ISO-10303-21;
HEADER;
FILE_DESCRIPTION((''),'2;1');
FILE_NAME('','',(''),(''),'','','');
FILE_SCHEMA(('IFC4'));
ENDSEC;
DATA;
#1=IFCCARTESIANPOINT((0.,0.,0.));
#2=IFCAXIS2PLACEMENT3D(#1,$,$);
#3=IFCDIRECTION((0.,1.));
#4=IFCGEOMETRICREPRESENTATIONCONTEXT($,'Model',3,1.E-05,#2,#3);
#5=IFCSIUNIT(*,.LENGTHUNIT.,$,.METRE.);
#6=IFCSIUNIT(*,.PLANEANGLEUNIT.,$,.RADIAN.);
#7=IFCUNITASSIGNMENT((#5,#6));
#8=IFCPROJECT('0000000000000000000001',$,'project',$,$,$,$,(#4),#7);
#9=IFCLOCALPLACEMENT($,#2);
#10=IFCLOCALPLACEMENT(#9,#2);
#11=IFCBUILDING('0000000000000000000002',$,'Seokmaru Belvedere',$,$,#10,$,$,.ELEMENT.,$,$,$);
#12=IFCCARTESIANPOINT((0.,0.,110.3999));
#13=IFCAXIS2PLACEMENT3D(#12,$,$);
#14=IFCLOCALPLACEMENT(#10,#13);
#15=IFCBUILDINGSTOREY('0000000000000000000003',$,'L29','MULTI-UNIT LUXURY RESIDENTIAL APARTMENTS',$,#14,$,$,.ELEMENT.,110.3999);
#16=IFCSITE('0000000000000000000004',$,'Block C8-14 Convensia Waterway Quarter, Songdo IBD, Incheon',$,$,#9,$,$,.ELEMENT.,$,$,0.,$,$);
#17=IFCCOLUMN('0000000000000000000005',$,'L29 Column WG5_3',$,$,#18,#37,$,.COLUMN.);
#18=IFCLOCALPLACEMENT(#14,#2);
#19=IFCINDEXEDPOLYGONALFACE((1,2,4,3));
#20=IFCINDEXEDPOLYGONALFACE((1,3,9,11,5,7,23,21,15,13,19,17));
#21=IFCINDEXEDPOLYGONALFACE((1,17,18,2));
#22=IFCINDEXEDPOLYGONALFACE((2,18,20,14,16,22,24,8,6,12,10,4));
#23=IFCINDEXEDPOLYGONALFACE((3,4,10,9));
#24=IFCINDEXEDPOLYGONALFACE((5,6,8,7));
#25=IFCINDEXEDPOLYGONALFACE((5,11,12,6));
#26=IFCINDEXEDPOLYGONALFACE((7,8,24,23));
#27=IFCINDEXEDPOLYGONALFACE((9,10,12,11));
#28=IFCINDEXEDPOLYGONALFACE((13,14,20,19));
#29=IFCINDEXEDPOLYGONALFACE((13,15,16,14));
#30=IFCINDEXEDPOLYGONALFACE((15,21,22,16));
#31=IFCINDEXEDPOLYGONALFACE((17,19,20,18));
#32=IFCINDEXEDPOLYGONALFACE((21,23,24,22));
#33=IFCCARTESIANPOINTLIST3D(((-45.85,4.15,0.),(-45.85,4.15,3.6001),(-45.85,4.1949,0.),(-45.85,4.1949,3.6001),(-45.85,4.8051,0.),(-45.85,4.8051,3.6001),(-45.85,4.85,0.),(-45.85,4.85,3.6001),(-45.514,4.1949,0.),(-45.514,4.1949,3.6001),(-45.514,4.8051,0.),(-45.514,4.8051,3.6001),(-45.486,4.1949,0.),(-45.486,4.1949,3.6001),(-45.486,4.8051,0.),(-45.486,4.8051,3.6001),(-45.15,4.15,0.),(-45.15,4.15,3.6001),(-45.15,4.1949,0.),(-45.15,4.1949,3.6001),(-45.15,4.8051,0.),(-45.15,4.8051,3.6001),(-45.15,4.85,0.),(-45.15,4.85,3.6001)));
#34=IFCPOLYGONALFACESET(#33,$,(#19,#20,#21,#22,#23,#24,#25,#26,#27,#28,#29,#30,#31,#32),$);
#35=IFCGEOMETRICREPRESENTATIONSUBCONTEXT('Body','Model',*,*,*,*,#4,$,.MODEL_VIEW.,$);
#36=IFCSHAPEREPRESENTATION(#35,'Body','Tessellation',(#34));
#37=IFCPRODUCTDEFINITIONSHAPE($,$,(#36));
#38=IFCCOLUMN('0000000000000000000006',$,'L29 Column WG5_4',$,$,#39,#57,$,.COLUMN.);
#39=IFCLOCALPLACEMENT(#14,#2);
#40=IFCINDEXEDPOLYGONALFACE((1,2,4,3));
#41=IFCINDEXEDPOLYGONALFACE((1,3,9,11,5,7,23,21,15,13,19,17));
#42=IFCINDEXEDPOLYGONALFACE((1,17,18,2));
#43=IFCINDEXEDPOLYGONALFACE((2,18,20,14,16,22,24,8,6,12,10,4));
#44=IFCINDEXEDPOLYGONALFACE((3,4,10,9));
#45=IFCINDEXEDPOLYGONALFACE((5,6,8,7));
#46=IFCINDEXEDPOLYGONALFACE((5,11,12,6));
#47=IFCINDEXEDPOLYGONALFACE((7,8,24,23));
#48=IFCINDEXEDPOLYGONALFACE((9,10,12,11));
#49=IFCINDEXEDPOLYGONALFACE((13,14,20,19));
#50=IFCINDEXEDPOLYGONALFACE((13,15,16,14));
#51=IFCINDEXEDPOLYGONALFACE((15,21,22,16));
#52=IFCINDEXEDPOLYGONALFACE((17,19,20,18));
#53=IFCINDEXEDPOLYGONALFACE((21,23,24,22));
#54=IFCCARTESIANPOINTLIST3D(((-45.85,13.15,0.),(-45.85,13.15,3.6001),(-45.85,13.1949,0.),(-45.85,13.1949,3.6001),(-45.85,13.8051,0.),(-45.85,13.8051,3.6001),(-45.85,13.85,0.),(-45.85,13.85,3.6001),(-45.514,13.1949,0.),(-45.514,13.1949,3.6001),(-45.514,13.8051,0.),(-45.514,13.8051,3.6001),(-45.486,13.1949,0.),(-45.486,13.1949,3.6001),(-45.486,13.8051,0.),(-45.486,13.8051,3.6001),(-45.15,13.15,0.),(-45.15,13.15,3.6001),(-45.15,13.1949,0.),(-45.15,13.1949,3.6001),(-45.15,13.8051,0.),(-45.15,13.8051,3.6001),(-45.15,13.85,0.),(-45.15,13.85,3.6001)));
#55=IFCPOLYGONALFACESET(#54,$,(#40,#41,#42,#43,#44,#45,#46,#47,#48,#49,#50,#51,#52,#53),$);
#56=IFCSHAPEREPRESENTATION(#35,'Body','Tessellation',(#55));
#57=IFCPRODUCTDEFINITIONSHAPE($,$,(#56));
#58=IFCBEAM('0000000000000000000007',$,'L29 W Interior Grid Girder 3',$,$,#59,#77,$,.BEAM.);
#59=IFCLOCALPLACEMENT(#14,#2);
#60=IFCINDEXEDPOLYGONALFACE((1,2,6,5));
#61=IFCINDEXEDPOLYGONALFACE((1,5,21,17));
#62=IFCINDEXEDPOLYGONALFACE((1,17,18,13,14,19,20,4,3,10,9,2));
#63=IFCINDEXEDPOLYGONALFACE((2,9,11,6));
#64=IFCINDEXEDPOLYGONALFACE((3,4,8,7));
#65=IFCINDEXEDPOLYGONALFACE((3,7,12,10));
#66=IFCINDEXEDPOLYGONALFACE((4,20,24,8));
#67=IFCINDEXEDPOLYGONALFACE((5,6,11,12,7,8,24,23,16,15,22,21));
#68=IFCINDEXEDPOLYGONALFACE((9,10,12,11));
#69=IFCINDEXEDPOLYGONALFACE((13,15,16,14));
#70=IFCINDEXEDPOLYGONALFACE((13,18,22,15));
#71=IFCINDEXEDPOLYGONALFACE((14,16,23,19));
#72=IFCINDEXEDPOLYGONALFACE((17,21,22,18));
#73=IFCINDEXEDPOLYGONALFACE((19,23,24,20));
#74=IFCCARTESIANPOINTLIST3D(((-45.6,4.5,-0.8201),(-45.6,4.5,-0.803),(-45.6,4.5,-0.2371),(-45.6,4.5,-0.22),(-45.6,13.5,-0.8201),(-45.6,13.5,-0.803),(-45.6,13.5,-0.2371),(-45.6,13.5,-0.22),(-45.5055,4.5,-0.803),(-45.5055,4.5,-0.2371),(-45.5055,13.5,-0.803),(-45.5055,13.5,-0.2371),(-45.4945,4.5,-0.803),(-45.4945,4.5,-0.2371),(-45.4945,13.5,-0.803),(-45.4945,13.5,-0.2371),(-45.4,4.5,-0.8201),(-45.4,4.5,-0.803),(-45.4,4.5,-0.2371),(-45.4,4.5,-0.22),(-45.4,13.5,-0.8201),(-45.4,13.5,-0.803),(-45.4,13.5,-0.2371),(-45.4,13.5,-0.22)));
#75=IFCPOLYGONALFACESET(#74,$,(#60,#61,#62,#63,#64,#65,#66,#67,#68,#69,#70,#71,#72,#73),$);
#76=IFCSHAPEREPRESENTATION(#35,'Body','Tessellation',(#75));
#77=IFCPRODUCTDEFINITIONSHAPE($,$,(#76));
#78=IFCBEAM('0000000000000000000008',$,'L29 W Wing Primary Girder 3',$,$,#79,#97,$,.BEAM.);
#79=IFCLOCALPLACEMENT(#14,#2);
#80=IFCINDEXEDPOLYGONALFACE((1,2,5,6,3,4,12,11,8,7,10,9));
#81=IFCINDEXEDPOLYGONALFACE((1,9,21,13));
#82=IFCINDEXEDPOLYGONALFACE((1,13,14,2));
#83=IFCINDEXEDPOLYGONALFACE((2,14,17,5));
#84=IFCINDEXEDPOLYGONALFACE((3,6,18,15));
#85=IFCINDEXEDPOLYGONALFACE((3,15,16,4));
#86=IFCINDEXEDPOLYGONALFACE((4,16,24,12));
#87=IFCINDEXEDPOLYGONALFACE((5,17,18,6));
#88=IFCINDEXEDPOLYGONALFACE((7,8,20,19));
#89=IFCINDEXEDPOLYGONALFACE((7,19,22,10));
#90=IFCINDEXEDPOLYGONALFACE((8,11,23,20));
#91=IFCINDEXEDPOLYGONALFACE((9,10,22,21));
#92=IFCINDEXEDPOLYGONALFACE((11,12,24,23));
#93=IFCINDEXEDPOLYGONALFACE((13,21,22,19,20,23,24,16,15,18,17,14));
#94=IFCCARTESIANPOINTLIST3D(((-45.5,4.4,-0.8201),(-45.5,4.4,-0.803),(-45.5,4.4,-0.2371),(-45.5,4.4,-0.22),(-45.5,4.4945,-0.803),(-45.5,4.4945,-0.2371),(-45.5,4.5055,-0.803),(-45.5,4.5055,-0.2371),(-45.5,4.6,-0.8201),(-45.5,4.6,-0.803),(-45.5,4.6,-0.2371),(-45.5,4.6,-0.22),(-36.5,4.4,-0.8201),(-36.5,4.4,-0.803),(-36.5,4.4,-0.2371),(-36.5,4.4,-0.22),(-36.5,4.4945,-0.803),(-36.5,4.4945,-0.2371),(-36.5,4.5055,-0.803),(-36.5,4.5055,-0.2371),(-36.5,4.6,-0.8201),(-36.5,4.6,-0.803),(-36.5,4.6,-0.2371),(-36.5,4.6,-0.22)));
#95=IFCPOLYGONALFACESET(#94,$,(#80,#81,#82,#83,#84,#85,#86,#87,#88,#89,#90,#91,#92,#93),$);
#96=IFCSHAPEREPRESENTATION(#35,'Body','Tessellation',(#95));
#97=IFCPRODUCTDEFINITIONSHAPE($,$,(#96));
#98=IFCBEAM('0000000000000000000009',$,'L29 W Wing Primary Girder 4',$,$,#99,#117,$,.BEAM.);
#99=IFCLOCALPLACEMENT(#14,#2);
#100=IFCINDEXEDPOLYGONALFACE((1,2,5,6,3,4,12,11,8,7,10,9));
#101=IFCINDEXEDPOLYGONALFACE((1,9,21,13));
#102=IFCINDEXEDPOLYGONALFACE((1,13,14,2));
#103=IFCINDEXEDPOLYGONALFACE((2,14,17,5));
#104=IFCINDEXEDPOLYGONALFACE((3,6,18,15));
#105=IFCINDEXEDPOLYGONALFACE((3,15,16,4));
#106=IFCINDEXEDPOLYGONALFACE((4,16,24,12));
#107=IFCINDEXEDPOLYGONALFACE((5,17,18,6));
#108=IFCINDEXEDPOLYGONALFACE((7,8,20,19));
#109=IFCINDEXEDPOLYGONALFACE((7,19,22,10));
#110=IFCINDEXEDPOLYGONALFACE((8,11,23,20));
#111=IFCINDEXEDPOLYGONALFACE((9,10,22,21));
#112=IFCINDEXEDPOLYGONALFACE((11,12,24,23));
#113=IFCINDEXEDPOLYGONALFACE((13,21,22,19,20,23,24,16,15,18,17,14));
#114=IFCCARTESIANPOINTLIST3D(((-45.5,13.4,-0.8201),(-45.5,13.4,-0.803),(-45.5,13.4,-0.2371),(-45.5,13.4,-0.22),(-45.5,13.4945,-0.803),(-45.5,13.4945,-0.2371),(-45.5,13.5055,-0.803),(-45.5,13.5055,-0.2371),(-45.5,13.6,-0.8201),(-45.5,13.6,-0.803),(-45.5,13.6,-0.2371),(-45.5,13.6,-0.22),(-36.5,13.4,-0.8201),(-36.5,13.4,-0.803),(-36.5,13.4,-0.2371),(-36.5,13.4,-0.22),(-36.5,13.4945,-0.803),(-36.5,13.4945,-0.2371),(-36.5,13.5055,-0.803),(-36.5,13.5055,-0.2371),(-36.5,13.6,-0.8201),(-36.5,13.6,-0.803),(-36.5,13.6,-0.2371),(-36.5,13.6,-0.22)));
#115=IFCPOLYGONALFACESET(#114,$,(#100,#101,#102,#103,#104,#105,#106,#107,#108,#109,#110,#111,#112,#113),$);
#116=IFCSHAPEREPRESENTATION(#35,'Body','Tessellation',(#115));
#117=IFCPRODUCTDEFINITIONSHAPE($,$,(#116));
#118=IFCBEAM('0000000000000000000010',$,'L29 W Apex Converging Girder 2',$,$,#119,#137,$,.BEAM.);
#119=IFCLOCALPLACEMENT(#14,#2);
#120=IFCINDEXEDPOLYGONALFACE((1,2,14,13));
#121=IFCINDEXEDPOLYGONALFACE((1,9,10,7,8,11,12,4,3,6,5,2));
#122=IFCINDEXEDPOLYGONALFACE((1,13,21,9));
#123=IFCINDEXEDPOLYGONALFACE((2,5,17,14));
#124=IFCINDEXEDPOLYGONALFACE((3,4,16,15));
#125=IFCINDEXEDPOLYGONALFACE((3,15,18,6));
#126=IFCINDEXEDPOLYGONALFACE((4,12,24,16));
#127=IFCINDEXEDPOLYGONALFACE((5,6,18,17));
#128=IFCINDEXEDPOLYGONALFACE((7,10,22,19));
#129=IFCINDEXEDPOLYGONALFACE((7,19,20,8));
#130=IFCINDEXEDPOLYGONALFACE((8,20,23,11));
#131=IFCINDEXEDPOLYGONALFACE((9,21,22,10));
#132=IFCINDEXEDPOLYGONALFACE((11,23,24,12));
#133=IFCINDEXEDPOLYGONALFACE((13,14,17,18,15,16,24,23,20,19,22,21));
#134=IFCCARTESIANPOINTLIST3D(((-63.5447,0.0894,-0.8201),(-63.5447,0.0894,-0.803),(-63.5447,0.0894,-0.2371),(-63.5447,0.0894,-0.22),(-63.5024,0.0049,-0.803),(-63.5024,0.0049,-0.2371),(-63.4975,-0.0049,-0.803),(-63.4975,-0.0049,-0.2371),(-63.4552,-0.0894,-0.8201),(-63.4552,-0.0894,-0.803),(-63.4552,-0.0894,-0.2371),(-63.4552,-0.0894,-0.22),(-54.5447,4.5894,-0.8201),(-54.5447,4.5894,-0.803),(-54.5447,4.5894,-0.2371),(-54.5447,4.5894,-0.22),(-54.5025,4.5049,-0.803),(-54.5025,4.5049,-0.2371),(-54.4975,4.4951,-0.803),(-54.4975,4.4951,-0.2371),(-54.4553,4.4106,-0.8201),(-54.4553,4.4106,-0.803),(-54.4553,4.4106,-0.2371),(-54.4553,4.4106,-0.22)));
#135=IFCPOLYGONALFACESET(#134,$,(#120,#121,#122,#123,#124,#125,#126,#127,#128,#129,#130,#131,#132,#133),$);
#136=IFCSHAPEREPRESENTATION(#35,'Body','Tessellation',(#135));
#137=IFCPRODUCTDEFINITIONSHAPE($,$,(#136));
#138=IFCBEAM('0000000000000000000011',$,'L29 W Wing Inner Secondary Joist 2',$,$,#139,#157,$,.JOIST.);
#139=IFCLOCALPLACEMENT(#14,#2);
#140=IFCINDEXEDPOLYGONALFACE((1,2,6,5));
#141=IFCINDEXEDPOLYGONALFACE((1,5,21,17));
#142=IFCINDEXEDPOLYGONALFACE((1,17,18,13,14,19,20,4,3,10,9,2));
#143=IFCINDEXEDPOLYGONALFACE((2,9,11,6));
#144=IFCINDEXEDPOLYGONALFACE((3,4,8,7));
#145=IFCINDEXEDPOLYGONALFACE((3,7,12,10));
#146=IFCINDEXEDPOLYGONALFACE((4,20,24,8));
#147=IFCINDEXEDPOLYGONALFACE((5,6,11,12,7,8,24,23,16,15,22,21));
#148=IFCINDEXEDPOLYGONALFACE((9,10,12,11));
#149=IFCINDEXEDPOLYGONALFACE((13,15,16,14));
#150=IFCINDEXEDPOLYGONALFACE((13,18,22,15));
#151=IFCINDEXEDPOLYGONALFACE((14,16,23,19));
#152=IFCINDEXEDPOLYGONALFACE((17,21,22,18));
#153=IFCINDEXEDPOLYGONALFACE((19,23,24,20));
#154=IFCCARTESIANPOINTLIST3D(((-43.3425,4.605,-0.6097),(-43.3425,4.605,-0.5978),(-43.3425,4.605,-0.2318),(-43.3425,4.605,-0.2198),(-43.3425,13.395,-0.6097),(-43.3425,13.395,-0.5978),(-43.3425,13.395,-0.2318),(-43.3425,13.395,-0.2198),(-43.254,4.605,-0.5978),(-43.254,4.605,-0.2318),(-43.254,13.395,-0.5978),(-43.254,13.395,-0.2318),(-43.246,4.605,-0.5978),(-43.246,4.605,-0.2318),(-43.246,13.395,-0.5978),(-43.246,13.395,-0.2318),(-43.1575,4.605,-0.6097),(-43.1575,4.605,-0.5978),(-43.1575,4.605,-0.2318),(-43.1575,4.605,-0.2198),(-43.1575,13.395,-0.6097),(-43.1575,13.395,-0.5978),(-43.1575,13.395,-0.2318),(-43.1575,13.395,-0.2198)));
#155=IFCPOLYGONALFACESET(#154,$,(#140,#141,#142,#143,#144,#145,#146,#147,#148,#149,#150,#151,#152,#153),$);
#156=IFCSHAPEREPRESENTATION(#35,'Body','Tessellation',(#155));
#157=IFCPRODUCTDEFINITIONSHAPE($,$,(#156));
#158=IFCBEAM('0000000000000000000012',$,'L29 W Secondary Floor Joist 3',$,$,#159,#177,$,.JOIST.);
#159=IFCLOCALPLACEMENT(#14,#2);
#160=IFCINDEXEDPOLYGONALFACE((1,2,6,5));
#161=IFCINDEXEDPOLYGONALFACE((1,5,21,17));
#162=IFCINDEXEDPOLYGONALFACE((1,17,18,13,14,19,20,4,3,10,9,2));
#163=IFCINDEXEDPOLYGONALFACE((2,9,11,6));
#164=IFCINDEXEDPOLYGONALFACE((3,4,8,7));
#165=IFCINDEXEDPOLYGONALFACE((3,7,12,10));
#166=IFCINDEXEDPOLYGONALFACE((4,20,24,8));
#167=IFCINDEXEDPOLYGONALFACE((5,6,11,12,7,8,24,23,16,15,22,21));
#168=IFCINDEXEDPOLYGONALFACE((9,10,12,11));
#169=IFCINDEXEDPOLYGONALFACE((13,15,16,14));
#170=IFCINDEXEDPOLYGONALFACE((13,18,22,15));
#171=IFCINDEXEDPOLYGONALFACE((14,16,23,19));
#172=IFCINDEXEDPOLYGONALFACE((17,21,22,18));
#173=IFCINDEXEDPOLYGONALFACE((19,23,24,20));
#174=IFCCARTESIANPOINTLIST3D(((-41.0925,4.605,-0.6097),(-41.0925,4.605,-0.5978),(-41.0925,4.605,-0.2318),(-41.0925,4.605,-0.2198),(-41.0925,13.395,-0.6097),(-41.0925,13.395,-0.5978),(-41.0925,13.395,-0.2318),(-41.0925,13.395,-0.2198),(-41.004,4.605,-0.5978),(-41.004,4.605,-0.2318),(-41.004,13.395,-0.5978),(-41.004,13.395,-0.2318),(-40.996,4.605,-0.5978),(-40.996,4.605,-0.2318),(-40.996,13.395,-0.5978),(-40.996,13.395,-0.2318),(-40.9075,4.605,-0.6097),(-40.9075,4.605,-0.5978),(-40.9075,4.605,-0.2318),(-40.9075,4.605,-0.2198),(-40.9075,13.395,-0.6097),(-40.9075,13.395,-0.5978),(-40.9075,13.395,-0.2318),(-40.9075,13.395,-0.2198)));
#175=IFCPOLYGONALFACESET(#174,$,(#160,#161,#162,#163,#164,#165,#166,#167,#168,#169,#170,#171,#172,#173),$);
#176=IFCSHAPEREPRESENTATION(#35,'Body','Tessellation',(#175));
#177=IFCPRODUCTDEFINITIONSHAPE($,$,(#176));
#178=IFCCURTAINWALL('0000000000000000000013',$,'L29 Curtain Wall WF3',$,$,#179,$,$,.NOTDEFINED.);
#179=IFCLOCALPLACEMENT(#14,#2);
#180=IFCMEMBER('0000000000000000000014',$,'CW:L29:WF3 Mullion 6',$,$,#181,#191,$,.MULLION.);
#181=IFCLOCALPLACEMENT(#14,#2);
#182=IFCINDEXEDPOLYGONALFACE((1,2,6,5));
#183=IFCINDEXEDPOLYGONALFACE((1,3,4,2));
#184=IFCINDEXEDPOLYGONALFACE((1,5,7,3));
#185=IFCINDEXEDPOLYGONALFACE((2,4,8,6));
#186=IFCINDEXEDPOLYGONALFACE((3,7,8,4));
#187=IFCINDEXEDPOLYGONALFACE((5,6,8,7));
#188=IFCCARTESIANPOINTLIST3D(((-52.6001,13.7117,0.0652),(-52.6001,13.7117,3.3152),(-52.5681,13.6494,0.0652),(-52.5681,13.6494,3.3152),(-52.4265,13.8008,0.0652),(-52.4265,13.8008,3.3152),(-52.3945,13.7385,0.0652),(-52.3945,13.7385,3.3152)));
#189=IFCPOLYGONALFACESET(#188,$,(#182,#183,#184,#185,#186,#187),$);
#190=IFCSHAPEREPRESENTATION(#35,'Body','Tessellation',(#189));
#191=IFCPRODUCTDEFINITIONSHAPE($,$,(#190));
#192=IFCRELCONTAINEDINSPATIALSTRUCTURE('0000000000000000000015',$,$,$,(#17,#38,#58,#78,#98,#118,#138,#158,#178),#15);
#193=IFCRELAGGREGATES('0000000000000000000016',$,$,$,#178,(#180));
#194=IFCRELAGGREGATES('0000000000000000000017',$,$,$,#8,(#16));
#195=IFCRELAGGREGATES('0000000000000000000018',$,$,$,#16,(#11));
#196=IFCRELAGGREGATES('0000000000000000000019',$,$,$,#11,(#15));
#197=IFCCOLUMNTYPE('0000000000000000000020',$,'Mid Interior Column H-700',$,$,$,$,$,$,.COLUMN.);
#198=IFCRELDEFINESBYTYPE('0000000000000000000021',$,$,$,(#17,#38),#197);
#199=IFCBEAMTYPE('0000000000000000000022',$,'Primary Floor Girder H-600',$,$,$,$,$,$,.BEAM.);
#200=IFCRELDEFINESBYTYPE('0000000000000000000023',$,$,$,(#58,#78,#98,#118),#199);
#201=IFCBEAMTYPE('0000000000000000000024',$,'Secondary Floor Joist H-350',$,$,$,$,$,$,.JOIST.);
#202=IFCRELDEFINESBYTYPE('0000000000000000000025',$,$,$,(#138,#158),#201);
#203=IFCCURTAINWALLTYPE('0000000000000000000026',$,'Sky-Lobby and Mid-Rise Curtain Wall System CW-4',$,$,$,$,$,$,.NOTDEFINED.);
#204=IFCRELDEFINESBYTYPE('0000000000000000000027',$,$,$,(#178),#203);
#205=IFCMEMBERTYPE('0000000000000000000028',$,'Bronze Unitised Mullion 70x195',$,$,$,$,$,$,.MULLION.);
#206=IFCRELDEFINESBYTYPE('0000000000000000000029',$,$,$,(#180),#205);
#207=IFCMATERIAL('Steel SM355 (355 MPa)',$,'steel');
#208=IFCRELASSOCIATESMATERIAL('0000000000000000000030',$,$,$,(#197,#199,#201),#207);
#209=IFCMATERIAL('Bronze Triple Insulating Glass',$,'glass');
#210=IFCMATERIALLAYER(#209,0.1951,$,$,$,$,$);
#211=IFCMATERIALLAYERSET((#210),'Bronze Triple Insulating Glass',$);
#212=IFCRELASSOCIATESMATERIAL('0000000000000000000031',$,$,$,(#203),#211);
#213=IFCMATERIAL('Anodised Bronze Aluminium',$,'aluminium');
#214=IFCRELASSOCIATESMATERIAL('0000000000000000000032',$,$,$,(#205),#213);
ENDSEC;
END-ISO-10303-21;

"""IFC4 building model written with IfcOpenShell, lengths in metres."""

from ifc_helpers import new_model, si_unit, direction, frame, origin, origin_2d, place, context, subcontext, project, spatial, rectangle, i_section, extrude, source, transform, mapped, material, layer, layer_set, material_profile, profile_set, type_object, type_shapes, element, aggregate, save


model = new_model("IFC4")

# Units and contexts
model_context = context("Model", 3, precision=1e-05, world=origin(), true_north=direction((0.0, 1.0)))
body_context = subcontext(model_context, "Body", "Model", "MODEL_VIEW")
ifc_project = project(units=[si_unit("LENGTHUNIT", "METRE"), si_unit("PLANEANGLEUNIT", "RADIAN")], contexts=[model_context])

# Site, building, storey
site_placement = place(None, origin())
site = spatial("IfcSite", under=ifc_project, at=site_placement, Name="Block C8-14 Convensia Waterway Quarter, Songdo IBD, Incheon", CompositionType="ELEMENT", RefElevation=0.0)
building_placement = place(site_placement, origin())
building = spatial("IfcBuilding", under=site, at=building_placement, Name="Seokmaru Belvedere", CompositionType="ELEMENT")
storey_placement = place(building_placement, frame((0.0, 0.0, 110.3999)))
storey = spatial("IfcBuildingStorey", under=building, at=storey_placement, Name="L29", Description="MULTI-UNIT LUXURY RESIDENTIAL APARTMENTS", CompositionType="ELEMENT", Elevation=110.3999)

# Columns
ifc_material_1 = material(Name="Steel SM355 (355 MPa)", Category="steel")
ifc_material_profile_1 = material_profile(ifc_material_1, i_section(OverallWidth=0.7, OverallDepth=0.7, WebThickness=0.0281, FlangeThickness=0.0449, at=origin_2d()), Name="H-700x700x28x45")
ifc_profile_set_1 = profile_set([ifc_material_profile_1], Name="Steel SM355 (355 MPa)")
column_type = type_object("IfcColumnType", Name="Mid Interior Column H-700", PredefinedType="COLUMN", material=ifc_profile_set_1)
shared_shape_1 = source(origin(), body_context, "Body", "SweptSolid", [
    extrude(i_section(OverallWidth=0.7, OverallDepth=0.7, WebThickness=0.0281, FlangeThickness=0.0449, at=origin_2d()), origin(), (0.0, 0.0, 1.0), 3.6001),
])
type_shapes(column_type, [shared_shape_1])
for number, where, z_axis, x_axis, name in (
    (1, (-45.5, 4.5, 0.0), (0.0, 0.0, 1.0), (1.0, 0.0, 0.0), "L29 Column WG5_3"),
    (2, (-45.5, 13.5, 0.0), (0.0, 0.0, 1.0), (1.0, 0.0, 0.0), "L29 Column WG5_4"),
):
    element("IfcColumn", number, at=place(storey_placement, frame(where, z_axis=z_axis, x_axis=x_axis)), inside=storey, type_object=column_type, Name=name, PredefinedType="COLUMN", context=body_context, shape_type="MappedRepresentation", body=[
        mapped(shared_shape_1, transform((0.0, 0.0, 0.0), scale=1.0)),
    ])

# Beams
ifc_material_profile_2 = material_profile(ifc_material_1, i_section(OverallWidth=0.2, OverallDepth=0.6001, WebThickness=0.011, FlangeThickness=0.0171, at=origin_2d()), Name="H-600x200x11x17")
ifc_profile_set_2 = profile_set([ifc_material_profile_2], Name="Steel SM355 (355 MPa)")
beam_type_1 = type_object("IfcBeamType", Name="Primary Floor Girder H-600", PredefinedType="BEAM", material=ifc_profile_set_2)
shared_shape_2 = source(origin(), body_context, "Body", "SweptSolid", [
    extrude(i_section(OverallWidth=0.2, OverallDepth=0.6001, WebThickness=0.011, FlangeThickness=0.0171, at=origin_2d()), origin(), (0.0, 0.0, 1.0), 9.0),
])
for number, where, z_axis, x_axis, name in (
    (3, (-45.5, 4.5, -0.52), (0.0, 1.0, 0.0), (-1.0, 0.0, 0.0), "L29 W Interior Grid Girder 3"),
    (4, (-45.5, 4.5, -0.52), (1.0, 0.0, 0.0), (0.0, 1.0, 0.0), "L29 W Wing Primary Girder 3"),
    (5, (-45.5, 13.5, -0.52), (1.0, 0.0, 0.0), (0.0, 1.0, 0.0), "L29 W Wing Primary Girder 4"),
):
    element("IfcBeam", number, at=place(storey_placement, frame(where, z_axis=z_axis, x_axis=x_axis)), inside=storey, type_object=beam_type_1, Name=name, PredefinedType="BEAM", context=body_context, shape_type="MappedRepresentation", body=[
        mapped(shared_shape_2, transform((0.0, 0.0, 0.0), scale=1.0)),
    ])
shared_shape_3 = source(origin(), body_context, "Body", "SweptSolid", [
    extrude(i_section(OverallWidth=0.2, OverallDepth=0.6001, WebThickness=0.011, FlangeThickness=0.0171, at=origin_2d()), origin(), (0.0, 0.0, 1.0), 10.0623),
])
type_shapes(beam_type_1, [shared_shape_2, shared_shape_3])
beam_placement = place(storey_placement, frame((-54.5, 4.5, -0.52), z_axis=(-0.894427, -0.447214, 0.0), x_axis=(0.447214, -0.894427, 0.0)))
element("IfcBeam", 6, at=beam_placement, inside=storey, type_object=beam_type_1, Name="L29 W Apex Converging Girder 2", PredefinedType="BEAM", context=body_context, shape_type="MappedRepresentation", body=[
    mapped(shared_shape_3, transform((0.0, 0.0, 0.0), scale=1.0)),
])
ifc_material_profile_3 = material_profile(ifc_material_1, i_section(OverallWidth=0.1851, OverallDepth=0.3899, WebThickness=0.0081, FlangeThickness=0.012, at=origin_2d()), Name="H-390x185x8x12")
ifc_profile_set_3 = profile_set([ifc_material_profile_3], Name="Steel SM355 (355 MPa)")
beam_type_2 = type_object("IfcBeamType", Name="Secondary Floor Joist H-350", PredefinedType="JOIST", material=ifc_profile_set_3)
shared_shape_4 = source(origin(), body_context, "Body", "SweptSolid", [
    extrude(i_section(OverallWidth=0.1851, OverallDepth=0.3899, WebThickness=0.0081, FlangeThickness=0.012, at=origin_2d()), origin(), (0.0, 0.0, 1.0), 8.79),
])
type_shapes(beam_type_2, [shared_shape_4])
for number, where, z_axis, x_axis, name in (
    (7, (-43.25, 4.605, -0.4148), (0.0, 1.0, 0.0), (-1.0, 0.0, 0.0), "L29 W Wing Inner Secondary Joist 2"),
    (8, (-41.0, 4.605, -0.4148), (0.0, 1.0, 0.0), (-1.0, 0.0, 0.0), "L29 W Secondary Floor Joist 3"),
):
    element("IfcBeam", number, at=place(storey_placement, frame(where, z_axis=z_axis, x_axis=x_axis)), inside=storey, type_object=beam_type_2, Name=name, PredefinedType="JOIST", context=body_context, shape_type="MappedRepresentation", body=[
        mapped(shared_shape_4, transform((0.0, 0.0, 0.0), scale=1.0)),
    ])

# Curtain wall, member
ifc_material_2 = material(Name="Bronze Triple Insulating Glass", Category="glass")
ifc_layer_1 = layer(ifc_material_2, 0.1951)
ifc_layer_set_1 = layer_set([ifc_layer_1], Name="Bronze Triple Insulating Glass")
curtain_wall_type = type_object("IfcCurtainWallType", Name="Sky-Lobby and Mid-Rise Curtain Wall System CW-4", PredefinedType="NOTDEFINED", material=ifc_layer_set_1)
curtain_wall_placement = place(storey_placement, origin())
curtain_wall = element("IfcCurtainWall", 9, at=curtain_wall_placement, inside=storey, type_object=curtain_wall_type, Name="L29 Curtain Wall WF3", PredefinedType="NOTDEFINED")
ifc_material_3 = material(Name="Anodised Bronze Aluminium", Category="aluminium")
ifc_material_profile_4 = material_profile(ifc_material_3, rectangle(XDim=0.0701, YDim=0.1951, at=origin_2d()), Name="CW-M-70x195")
ifc_profile_set_4 = profile_set([ifc_material_profile_4], Name="Anodised Bronze Aluminium")
member_type = type_object("IfcMemberType", Name="Bronze Unitised Mullion 70x195", PredefinedType="MULLION", material=ifc_profile_set_4)
shared_shape_5 = source(origin(), body_context, "Body", "SweptSolid", [
    extrude(rectangle(XDim=0.0701, YDim=0.1951, at=origin_2d()), origin(), (0.0, 0.0, 1.0), 3.25),
])
type_shapes(member_type, [shared_shape_5])
member_placement = place(storey_placement, frame((-52.4973, 13.7251, 0.0652), z_axis=(0.0, 0.0, 1.0), x_axis=(0.456555, -0.889695, 0.0)))
member = element("IfcMember", 10, at=member_placement, type_object=member_type, Name="CW:L29:WF3 Mullion 6", PredefinedType="MULLION", context=body_context, shape_type="MappedRepresentation", body=[
    mapped(shared_shape_5, transform((0.0, 0.0, 0.0), scale=1.0)),
])
aggregate(curtain_wall, [member])

save(model, "model.ifc")
